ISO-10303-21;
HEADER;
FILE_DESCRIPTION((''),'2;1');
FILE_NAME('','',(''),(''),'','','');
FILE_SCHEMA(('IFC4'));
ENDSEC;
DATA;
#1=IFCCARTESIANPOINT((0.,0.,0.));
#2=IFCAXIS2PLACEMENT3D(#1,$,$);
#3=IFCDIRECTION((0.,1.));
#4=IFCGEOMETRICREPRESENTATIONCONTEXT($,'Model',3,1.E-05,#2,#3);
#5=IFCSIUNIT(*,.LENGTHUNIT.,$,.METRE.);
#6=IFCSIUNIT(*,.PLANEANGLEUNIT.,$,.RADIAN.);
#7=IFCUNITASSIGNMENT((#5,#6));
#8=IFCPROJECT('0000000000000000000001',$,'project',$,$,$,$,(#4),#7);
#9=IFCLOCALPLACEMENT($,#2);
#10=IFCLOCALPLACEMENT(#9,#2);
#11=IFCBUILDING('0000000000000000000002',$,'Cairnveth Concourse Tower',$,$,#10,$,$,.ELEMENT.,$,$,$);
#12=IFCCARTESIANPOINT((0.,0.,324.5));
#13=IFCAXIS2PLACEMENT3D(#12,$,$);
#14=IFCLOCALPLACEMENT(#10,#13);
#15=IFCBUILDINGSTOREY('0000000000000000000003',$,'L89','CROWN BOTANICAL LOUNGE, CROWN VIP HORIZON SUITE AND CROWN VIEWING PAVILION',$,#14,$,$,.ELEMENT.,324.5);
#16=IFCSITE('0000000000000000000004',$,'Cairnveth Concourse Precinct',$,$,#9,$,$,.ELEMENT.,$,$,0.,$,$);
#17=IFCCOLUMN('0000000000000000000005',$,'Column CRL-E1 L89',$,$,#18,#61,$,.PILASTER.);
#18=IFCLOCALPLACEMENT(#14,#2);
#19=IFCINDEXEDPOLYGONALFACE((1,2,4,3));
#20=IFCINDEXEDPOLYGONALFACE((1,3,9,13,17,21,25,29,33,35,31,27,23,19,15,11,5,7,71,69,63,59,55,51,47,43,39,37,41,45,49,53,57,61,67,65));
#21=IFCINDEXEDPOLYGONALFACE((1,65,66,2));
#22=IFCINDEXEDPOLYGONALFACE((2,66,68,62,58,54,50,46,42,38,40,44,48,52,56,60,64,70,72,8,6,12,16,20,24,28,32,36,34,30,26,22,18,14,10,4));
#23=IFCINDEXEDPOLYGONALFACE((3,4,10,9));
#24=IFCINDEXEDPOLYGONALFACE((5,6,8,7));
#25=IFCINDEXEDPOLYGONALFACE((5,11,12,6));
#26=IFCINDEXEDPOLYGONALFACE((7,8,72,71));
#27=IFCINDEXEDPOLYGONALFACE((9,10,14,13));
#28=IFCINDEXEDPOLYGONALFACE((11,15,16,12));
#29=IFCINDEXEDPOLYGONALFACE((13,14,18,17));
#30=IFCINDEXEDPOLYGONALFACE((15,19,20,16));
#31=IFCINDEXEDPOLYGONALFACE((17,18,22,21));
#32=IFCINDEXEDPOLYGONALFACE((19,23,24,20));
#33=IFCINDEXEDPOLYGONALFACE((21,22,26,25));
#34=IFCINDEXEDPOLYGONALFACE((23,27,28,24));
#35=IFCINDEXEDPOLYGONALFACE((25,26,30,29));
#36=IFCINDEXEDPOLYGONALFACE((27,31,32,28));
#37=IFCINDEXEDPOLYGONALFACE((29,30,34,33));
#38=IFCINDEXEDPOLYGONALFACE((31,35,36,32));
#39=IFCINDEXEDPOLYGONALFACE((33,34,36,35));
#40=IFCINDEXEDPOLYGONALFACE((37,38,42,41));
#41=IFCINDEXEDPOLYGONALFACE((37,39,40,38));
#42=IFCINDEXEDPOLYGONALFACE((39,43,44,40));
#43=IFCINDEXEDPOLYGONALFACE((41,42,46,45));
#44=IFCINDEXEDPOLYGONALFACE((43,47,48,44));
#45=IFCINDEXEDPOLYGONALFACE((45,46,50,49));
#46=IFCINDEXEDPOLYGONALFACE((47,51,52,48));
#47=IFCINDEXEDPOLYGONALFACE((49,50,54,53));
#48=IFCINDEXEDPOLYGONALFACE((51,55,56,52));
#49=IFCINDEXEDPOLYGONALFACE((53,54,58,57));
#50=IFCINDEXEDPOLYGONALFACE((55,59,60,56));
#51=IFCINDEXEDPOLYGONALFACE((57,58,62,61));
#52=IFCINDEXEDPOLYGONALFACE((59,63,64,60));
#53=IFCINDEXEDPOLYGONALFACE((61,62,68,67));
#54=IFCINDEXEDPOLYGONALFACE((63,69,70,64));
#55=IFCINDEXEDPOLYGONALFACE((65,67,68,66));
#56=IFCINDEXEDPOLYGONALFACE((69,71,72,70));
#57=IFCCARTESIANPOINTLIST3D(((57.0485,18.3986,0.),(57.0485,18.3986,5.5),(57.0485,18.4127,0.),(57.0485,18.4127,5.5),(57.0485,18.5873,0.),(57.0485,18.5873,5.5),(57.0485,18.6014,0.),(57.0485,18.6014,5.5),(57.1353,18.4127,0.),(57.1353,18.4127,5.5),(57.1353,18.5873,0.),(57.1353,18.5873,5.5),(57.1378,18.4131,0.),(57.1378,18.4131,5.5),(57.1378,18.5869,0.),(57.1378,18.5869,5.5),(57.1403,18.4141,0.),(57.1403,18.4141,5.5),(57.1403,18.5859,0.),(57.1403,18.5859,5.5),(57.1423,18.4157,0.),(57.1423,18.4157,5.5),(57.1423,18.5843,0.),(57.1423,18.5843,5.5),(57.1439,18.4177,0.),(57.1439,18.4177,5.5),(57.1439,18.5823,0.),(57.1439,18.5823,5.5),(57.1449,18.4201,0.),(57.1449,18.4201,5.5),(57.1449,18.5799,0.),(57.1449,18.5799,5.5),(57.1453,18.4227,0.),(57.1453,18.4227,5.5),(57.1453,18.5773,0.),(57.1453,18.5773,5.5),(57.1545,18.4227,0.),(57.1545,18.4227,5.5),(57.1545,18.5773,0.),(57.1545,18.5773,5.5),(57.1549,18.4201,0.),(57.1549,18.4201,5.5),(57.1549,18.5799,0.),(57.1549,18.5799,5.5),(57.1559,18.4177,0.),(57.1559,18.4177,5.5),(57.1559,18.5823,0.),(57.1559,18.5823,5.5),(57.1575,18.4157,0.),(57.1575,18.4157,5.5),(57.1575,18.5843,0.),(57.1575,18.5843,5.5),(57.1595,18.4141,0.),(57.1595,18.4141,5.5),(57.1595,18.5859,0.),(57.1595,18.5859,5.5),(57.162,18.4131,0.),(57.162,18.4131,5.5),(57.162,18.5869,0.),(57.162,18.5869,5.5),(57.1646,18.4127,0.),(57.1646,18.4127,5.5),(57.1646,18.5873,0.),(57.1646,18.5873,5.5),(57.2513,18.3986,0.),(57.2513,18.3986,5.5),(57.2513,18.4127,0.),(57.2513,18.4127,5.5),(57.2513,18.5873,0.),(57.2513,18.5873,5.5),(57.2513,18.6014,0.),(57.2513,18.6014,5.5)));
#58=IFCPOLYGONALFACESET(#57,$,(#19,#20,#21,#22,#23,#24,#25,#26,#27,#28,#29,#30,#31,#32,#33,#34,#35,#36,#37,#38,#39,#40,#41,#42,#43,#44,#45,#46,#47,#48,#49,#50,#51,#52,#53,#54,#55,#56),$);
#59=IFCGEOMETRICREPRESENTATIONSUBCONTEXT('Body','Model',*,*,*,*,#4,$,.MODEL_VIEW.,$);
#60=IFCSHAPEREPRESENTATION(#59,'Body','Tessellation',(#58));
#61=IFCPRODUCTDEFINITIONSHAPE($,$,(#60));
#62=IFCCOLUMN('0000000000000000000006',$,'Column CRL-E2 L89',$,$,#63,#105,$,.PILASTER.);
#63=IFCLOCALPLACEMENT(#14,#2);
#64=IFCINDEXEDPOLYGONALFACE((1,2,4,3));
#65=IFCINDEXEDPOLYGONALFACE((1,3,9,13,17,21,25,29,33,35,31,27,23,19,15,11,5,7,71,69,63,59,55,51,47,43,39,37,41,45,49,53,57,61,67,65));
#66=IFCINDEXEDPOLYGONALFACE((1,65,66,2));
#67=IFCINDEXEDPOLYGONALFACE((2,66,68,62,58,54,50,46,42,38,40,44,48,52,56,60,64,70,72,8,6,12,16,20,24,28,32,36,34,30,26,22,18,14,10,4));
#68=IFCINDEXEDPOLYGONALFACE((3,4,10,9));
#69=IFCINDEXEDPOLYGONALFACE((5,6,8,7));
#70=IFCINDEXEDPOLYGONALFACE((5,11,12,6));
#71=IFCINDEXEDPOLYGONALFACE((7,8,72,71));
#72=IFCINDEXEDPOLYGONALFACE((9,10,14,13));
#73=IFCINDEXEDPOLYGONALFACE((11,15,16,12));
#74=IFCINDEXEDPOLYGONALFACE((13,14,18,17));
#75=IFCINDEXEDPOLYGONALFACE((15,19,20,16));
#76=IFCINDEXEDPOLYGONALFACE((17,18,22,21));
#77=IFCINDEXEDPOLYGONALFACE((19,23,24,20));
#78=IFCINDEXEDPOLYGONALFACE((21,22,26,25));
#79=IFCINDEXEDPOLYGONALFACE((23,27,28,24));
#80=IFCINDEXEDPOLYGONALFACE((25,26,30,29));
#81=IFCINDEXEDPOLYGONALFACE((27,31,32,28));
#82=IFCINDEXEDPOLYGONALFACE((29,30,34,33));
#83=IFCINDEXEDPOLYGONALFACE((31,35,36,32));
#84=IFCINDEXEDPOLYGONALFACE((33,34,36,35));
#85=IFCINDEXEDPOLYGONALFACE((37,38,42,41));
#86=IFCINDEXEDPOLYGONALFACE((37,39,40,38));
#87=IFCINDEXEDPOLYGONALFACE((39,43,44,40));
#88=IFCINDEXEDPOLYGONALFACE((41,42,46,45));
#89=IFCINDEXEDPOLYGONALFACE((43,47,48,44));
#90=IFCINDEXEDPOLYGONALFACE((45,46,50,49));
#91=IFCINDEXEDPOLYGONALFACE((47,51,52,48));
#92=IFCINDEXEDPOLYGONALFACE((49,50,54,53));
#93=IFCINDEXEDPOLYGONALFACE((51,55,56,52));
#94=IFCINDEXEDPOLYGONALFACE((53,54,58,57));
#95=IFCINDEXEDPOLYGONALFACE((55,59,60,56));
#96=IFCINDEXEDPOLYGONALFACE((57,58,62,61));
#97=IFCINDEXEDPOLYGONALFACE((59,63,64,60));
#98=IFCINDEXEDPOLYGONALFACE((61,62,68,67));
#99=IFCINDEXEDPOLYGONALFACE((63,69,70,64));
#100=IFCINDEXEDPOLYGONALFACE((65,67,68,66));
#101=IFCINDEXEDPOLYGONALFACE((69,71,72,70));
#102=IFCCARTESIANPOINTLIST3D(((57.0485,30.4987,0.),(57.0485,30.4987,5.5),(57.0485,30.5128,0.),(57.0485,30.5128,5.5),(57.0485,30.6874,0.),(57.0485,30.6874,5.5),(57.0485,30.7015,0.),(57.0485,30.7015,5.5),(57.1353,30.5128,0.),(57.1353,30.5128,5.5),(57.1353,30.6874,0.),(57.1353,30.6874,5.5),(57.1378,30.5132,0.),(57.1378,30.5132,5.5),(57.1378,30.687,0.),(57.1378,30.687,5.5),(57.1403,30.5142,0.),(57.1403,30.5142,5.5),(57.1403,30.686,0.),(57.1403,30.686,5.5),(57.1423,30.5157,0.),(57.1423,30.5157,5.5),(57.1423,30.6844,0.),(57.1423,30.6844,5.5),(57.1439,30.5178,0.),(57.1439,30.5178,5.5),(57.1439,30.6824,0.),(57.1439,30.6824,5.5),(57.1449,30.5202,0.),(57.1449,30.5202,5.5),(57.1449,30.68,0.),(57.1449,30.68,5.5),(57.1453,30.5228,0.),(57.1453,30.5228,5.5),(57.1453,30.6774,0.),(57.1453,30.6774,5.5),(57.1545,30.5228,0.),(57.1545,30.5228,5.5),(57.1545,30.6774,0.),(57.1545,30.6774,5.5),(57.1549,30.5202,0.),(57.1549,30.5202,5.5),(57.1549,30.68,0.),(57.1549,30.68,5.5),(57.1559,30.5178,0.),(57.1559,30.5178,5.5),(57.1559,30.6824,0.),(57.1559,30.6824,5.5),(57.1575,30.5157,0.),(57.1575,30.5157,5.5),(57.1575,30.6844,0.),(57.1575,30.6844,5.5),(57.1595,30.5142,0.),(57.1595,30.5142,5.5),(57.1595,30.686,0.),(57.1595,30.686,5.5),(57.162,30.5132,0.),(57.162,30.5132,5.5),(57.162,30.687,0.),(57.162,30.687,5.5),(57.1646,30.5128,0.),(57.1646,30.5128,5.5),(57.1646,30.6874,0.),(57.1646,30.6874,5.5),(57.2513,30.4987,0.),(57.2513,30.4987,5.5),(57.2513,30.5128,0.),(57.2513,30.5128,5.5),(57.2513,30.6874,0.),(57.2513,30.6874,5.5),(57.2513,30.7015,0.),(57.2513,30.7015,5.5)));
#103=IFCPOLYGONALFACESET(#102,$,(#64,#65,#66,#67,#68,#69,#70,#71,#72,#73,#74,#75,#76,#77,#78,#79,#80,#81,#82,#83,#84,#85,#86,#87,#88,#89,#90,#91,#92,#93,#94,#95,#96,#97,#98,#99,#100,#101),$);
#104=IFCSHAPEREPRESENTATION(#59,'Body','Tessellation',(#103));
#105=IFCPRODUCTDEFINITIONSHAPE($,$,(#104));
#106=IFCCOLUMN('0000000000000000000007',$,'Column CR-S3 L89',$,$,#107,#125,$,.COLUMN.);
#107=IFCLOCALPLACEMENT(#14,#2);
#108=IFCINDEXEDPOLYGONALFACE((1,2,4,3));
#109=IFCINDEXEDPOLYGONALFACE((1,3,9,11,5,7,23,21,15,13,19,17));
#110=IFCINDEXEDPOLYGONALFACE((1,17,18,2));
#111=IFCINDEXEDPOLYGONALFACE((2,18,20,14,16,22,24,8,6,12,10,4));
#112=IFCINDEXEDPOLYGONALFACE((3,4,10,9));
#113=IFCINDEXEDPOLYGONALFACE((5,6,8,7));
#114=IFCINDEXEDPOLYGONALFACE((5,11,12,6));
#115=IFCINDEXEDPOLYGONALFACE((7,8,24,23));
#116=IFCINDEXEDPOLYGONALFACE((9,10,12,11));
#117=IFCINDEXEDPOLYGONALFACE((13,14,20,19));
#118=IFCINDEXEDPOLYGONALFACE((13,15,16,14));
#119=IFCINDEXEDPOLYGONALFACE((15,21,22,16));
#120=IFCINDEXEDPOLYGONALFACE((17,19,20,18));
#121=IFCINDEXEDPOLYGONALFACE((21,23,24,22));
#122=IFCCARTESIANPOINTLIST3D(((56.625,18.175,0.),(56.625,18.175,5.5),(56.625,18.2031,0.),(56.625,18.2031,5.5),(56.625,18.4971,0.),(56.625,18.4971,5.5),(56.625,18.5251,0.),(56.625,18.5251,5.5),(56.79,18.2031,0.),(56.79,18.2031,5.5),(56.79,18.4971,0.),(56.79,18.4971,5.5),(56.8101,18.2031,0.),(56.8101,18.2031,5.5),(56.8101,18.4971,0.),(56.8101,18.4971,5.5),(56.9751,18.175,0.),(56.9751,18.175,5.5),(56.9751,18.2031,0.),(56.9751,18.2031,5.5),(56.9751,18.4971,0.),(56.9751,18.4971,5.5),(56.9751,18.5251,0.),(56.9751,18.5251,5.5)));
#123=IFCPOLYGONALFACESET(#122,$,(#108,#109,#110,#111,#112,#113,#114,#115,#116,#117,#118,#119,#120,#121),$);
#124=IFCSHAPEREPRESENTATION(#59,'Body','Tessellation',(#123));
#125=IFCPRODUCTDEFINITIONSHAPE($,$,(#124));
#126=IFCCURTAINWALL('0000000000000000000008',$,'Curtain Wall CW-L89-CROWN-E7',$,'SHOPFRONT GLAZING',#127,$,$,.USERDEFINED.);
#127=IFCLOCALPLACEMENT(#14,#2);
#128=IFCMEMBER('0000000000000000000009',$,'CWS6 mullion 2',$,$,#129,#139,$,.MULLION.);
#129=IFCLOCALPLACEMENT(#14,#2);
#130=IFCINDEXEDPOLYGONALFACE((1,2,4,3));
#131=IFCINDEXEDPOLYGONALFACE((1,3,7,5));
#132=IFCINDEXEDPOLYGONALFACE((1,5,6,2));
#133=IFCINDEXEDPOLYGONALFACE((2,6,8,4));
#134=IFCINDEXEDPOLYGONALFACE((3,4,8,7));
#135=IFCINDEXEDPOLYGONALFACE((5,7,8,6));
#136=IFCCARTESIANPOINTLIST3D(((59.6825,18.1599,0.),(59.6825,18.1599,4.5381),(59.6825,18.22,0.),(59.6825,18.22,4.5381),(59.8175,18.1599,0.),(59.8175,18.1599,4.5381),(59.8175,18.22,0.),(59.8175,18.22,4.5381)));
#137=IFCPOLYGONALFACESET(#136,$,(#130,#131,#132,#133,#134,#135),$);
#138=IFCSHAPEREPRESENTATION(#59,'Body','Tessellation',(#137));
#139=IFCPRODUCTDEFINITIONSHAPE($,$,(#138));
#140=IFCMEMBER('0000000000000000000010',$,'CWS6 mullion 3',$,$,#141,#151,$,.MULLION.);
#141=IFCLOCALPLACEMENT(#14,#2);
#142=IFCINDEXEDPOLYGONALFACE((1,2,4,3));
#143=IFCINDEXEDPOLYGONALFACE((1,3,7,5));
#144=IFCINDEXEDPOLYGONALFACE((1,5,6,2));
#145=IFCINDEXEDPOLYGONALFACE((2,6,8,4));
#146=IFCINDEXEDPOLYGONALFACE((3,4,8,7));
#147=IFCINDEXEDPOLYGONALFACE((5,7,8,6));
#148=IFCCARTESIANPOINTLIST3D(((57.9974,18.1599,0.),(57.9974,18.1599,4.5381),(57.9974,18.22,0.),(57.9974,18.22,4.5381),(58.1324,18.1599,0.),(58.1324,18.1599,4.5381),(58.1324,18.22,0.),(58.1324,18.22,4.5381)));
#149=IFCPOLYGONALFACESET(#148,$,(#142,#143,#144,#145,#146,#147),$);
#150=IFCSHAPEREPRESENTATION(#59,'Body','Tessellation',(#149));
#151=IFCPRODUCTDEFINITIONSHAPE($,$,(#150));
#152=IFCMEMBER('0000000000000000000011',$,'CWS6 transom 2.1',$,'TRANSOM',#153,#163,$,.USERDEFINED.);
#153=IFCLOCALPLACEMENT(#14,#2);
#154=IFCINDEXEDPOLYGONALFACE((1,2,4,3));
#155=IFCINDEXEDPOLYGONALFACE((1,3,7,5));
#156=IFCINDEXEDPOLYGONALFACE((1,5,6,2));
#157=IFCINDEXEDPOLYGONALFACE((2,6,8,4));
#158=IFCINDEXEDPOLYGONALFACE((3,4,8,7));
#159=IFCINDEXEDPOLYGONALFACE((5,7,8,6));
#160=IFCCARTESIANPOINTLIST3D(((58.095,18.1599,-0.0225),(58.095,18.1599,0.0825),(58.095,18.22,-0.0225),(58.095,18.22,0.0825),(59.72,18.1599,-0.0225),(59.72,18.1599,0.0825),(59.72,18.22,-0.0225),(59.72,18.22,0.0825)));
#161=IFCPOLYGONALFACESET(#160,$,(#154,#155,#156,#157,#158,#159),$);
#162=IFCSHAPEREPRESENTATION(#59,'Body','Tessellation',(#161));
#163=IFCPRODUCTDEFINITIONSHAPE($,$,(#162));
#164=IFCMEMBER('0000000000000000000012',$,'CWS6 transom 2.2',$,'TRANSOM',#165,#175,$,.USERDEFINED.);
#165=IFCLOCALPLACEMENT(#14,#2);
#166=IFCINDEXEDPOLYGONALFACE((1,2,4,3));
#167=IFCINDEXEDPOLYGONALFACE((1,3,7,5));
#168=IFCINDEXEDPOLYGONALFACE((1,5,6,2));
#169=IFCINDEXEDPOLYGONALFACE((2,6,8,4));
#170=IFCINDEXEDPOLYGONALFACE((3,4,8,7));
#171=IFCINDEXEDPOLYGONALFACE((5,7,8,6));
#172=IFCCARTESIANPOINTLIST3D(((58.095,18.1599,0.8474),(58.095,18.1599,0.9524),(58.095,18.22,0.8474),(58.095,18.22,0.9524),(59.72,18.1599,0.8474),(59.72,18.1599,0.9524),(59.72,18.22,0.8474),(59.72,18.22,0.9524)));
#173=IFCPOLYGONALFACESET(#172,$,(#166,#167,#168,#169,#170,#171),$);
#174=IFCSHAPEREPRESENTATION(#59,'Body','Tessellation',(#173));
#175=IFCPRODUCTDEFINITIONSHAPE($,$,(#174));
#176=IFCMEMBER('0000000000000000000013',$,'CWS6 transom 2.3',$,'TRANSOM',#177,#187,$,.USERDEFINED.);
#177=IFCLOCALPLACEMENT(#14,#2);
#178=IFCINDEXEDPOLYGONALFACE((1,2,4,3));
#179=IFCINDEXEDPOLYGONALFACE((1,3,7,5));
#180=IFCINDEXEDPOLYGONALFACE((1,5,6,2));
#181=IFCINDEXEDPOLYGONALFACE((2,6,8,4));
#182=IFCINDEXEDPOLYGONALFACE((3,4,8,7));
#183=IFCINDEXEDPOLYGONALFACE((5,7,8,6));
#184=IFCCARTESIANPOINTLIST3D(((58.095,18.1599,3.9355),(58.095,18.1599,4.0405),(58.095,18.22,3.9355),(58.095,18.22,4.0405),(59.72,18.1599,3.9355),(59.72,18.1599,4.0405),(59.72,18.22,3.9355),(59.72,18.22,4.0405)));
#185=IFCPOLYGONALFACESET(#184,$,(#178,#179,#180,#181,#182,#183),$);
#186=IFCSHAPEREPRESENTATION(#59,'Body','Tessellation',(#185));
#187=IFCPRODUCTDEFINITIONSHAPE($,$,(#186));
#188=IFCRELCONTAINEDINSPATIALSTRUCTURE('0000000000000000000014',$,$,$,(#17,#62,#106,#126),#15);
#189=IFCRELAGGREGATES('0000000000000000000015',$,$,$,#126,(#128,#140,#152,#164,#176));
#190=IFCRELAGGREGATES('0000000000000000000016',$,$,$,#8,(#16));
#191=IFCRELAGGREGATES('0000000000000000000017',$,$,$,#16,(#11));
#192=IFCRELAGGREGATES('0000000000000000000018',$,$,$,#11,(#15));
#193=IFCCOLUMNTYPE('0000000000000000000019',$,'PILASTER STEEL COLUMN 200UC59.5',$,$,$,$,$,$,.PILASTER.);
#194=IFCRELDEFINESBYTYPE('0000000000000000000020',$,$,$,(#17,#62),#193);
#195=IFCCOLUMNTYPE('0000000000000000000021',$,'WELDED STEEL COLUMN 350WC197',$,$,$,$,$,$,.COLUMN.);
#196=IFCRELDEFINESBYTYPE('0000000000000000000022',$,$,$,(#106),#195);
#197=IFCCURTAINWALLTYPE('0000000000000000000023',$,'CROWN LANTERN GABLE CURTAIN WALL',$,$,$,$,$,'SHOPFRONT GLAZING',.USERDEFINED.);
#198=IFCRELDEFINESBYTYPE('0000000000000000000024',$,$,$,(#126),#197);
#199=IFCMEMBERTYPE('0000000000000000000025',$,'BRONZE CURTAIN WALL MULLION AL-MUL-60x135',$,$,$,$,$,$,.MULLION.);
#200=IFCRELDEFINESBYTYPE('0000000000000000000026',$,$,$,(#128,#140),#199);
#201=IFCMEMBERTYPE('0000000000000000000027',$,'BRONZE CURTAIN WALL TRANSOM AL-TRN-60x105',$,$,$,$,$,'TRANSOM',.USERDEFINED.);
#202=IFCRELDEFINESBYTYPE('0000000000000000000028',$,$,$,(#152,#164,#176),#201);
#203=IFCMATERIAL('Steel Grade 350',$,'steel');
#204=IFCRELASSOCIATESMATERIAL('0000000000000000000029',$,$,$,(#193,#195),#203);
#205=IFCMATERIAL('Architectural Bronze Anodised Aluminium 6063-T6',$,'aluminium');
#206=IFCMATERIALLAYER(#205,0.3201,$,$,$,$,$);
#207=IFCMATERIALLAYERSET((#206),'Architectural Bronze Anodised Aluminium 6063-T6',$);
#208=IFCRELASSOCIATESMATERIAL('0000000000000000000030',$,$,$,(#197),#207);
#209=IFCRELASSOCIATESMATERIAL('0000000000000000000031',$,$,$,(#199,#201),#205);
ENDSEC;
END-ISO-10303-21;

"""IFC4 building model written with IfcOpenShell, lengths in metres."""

from ifc_helpers import new_model, si_unit, direction, frame, origin, origin_2d, place, context, subcontext, project, spatial, rectangle, i_section, extrude, material, layer, layer_set, material_profile, profile_set, type_object, element, aggregate, save


model = new_model("IFC4")

# Units and contexts
model_context = context("Model", 3, precision=1e-05, world=origin(), true_north=direction((0.0, 1.0)))
body_context = subcontext(model_context, "Body", "Model", "MODEL_VIEW")
ifc_project = project(units=[si_unit("LENGTHUNIT", "METRE"), si_unit("PLANEANGLEUNIT", "RADIAN")], contexts=[model_context])

# Site, building, storey
site_placement = place(None, origin())
site = spatial("IfcSite", under=ifc_project, at=site_placement, Name="Cairnveth Concourse Precinct", CompositionType="ELEMENT", RefElevation=0.0)
building_placement = place(site_placement, origin())
building = spatial("IfcBuilding", under=site, at=building_placement, Name="Cairnveth Concourse Tower", CompositionType="ELEMENT")
storey_placement = place(building_placement, frame((0.0, 0.0, 324.5)))
storey = spatial("IfcBuildingStorey", under=building, at=storey_placement, Name="L89", Description="CROWN BOTANICAL LOUNGE, CROWN VIP HORIZON SUITE AND CROWN VIEWING PAVILION", CompositionType="ELEMENT", Elevation=324.5)

# Columns
ifc_material_1 = material(Name="Steel Grade 350", Category="steel")
ifc_material_profile_1 = material_profile(ifc_material_1, i_section(OverallWidth=0.2029, OverallDepth=0.2029, WebThickness=0.0093, FlangeThickness=0.0142, FilletRadius=0.01, at=origin_2d()), Name="200UC59.5")
ifc_profile_set_1 = profile_set([ifc_material_profile_1], Name="Steel Grade 350")
column_type_1 = type_object("IfcColumnType", Name="PILASTER STEEL COLUMN 200UC59.5", PredefinedType="PILASTER", material=ifc_profile_set_1)
for number, where, z_axis, x_axis, name in (
    (1, (57.1499, 18.5, 0.0), (0.0, 0.0, 1.0), (1.0, 0.0, 0.0), "Column CRL-E1 L89"),
    (2, (57.1499, 30.6001, 0.0), (0.0, 0.0, 1.0), (1.0, 0.0, 0.0), "Column CRL-E2 L89"),
):
    element("IfcColumn", number, at=place(storey_placement, frame(where, z_axis=z_axis, x_axis=x_axis)), inside=storey, type_object=column_type_1, Name=name, PredefinedType="PILASTER", context=body_context, shape_type="SweptSolid", body=[
        extrude(i_section(OverallWidth=0.2029, OverallDepth=0.2029, WebThickness=0.0093, FlangeThickness=0.0142, FilletRadius=0.01, at=origin_2d()), origin(), (0.0, 0.0, 1.0), 5.5),
    ])
ifc_material_profile_2 = material_profile(ifc_material_1, i_section(OverallWidth=0.3501, OverallDepth=0.3501, WebThickness=0.02, FlangeThickness=0.0281, at=origin_2d()), Name="350WC197")
ifc_profile_set_2 = profile_set([ifc_material_profile_2], Name="Steel Grade 350")
column_type_2 = type_object("IfcColumnType", Name="WELDED STEEL COLUMN 350WC197", PredefinedType="COLUMN", material=ifc_profile_set_2)
column_placement = place(storey_placement, frame((56.8, 18.3501, 0.0), z_axis=(0.0, 0.0, 1.0), x_axis=(1.0, 0.0, 0.0)))
element("IfcColumn", 3, at=column_placement, inside=storey, type_object=column_type_2, Name="Column CR-S3 L89", PredefinedType="COLUMN", context=body_context, shape_type="SweptSolid", body=[
    extrude(i_section(OverallWidth=0.3501, OverallDepth=0.3501, WebThickness=0.02, FlangeThickness=0.0281, at=origin_2d()), origin(), (0.0, 0.0, 1.0), 5.5),
])

# Curtain wall, members
ifc_material_2 = material(Name="Architectural Bronze Anodised Aluminium 6063-T6", Category="aluminium")
ifc_layer_1 = layer(ifc_material_2, 0.3201)
ifc_layer_set_1 = layer_set([ifc_layer_1], Name="Architectural Bronze Anodised Aluminium 6063-T6")
curtain_wall_type = type_object("IfcCurtainWallType", Name="CROWN LANTERN GABLE CURTAIN WALL", ElementType="SHOPFRONT GLAZING", PredefinedType="USERDEFINED", material=ifc_layer_set_1)
curtain_wall_placement = place(storey_placement, origin())
curtain_wall = element("IfcCurtainWall", 4, at=curtain_wall_placement, inside=storey, type_object=curtain_wall_type, Name="Curtain Wall CW-L89-CROWN-E7", ObjectType="SHOPFRONT GLAZING", PredefinedType="USERDEFINED")
ifc_material_profile_3 = material_profile(ifc_material_2, rectangle(XDim=0.0601, YDim=0.135, at=origin_2d()), Name="AL-MUL-60x135")
ifc_profile_set_3 = profile_set([ifc_material_profile_3], Name="Architectural Bronze Anodised Aluminium 6063-T6")
member_type_1 = type_object("IfcMemberType", Name="BRONZE CURTAIN WALL MULLION AL-MUL-60x135", PredefinedType="MULLION", material=ifc_profile_set_3)
member_1_placement = place(storey_placement, frame((59.75, 18.1899, 0.0), z_axis=(0.0, 0.0, 1.0), x_axis=(0.0, -1.0, 0.0)))
member_1 = element("IfcMember", 5, at=member_1_placement, type_object=member_type_1, Name="CWS6 mullion 2", PredefinedType="MULLION", context=body_context, shape_type="SweptSolid", body=[
    extrude(rectangle(XDim=0.0601, YDim=0.135, at=origin_2d()), origin(), (0.0, 0.0, 1.0), 4.5381),
])
member_2_placement = place(storey_placement, frame((58.0649, 18.1899, 0.0), z_axis=(0.0, 0.0, 1.0), x_axis=(0.0, -1.0, 0.0)))
member_2 = element("IfcMember", 6, at=member_2_placement, type_object=member_type_1, Name="CWS6 mullion 3", PredefinedType="MULLION", context=body_context, shape_type="SweptSolid", body=[
    extrude(rectangle(XDim=0.0601, YDim=0.135, at=origin_2d()), origin(), (0.0, 0.0, 1.0), 4.5381),
])
ifc_material_profile_4 = material_profile(ifc_material_2, rectangle(XDim=0.0601, YDim=0.105, at=origin_2d()), Name="AL-TRN-60x105")
ifc_profile_set_4 = profile_set([ifc_material_profile_4], Name="Architectural Bronze Anodised Aluminium 6063-T6")
member_type_2 = type_object("IfcMemberType", Name="BRONZE CURTAIN WALL TRANSOM AL-TRN-60x105", ElementType="TRANSOM", PredefinedType="USERDEFINED", material=ifc_profile_set_4)
member_3_placement = place(storey_placement, frame((59.72, 18.1899, 0.03), z_axis=(-1.0, 0.0, 0.0), x_axis=(0.0, -1.0, 0.0)))
member_3 = element("IfcMember", 7, at=member_3_placement, type_object=member_type_2, Name="CWS6 transom 2.1", ObjectType="TRANSOM", PredefinedType="USERDEFINED", context=body_context, shape_type="SweptSolid", body=[
    extrude(rectangle(XDim=0.0601, YDim=0.105, at=origin_2d()), origin(), (0.0, 0.0, 1.0), 1.625),
])
member_4_placement = place(storey_placement, frame((59.72, 18.1899, 0.8999), z_axis=(-1.0, 0.0, 0.0), x_axis=(0.0, -1.0, 0.0)))
member_4 = element("IfcMember", 8, at=member_4_placement, type_object=member_type_2, Name="CWS6 transom 2.2", ObjectType="TRANSOM", PredefinedType="USERDEFINED", context=body_context, shape_type="SweptSolid", body=[
    extrude(rectangle(XDim=0.0601, YDim=0.105, at=origin_2d()), origin(), (0.0, 0.0, 1.0), 1.625),
])
member_5_placement = place(storey_placement, frame((59.72, 18.1899, 3.988), z_axis=(-1.0, 0.0, 0.0), x_axis=(0.0, -1.0, 0.0)))
member_5 = element("IfcMember", 9, at=member_5_placement, type_object=member_type_2, Name="CWS6 transom 2.3", ObjectType="TRANSOM", PredefinedType="USERDEFINED", context=body_context, shape_type="SweptSolid", body=[
    extrude(rectangle(XDim=0.0601, YDim=0.105, at=origin_2d()), origin(), (0.0, 0.0, 1.0), 1.625),
])

aggregate(curtain_wall, [member_1, member_2, member_3, member_4, member_5])

save(model, "model.ifc")
